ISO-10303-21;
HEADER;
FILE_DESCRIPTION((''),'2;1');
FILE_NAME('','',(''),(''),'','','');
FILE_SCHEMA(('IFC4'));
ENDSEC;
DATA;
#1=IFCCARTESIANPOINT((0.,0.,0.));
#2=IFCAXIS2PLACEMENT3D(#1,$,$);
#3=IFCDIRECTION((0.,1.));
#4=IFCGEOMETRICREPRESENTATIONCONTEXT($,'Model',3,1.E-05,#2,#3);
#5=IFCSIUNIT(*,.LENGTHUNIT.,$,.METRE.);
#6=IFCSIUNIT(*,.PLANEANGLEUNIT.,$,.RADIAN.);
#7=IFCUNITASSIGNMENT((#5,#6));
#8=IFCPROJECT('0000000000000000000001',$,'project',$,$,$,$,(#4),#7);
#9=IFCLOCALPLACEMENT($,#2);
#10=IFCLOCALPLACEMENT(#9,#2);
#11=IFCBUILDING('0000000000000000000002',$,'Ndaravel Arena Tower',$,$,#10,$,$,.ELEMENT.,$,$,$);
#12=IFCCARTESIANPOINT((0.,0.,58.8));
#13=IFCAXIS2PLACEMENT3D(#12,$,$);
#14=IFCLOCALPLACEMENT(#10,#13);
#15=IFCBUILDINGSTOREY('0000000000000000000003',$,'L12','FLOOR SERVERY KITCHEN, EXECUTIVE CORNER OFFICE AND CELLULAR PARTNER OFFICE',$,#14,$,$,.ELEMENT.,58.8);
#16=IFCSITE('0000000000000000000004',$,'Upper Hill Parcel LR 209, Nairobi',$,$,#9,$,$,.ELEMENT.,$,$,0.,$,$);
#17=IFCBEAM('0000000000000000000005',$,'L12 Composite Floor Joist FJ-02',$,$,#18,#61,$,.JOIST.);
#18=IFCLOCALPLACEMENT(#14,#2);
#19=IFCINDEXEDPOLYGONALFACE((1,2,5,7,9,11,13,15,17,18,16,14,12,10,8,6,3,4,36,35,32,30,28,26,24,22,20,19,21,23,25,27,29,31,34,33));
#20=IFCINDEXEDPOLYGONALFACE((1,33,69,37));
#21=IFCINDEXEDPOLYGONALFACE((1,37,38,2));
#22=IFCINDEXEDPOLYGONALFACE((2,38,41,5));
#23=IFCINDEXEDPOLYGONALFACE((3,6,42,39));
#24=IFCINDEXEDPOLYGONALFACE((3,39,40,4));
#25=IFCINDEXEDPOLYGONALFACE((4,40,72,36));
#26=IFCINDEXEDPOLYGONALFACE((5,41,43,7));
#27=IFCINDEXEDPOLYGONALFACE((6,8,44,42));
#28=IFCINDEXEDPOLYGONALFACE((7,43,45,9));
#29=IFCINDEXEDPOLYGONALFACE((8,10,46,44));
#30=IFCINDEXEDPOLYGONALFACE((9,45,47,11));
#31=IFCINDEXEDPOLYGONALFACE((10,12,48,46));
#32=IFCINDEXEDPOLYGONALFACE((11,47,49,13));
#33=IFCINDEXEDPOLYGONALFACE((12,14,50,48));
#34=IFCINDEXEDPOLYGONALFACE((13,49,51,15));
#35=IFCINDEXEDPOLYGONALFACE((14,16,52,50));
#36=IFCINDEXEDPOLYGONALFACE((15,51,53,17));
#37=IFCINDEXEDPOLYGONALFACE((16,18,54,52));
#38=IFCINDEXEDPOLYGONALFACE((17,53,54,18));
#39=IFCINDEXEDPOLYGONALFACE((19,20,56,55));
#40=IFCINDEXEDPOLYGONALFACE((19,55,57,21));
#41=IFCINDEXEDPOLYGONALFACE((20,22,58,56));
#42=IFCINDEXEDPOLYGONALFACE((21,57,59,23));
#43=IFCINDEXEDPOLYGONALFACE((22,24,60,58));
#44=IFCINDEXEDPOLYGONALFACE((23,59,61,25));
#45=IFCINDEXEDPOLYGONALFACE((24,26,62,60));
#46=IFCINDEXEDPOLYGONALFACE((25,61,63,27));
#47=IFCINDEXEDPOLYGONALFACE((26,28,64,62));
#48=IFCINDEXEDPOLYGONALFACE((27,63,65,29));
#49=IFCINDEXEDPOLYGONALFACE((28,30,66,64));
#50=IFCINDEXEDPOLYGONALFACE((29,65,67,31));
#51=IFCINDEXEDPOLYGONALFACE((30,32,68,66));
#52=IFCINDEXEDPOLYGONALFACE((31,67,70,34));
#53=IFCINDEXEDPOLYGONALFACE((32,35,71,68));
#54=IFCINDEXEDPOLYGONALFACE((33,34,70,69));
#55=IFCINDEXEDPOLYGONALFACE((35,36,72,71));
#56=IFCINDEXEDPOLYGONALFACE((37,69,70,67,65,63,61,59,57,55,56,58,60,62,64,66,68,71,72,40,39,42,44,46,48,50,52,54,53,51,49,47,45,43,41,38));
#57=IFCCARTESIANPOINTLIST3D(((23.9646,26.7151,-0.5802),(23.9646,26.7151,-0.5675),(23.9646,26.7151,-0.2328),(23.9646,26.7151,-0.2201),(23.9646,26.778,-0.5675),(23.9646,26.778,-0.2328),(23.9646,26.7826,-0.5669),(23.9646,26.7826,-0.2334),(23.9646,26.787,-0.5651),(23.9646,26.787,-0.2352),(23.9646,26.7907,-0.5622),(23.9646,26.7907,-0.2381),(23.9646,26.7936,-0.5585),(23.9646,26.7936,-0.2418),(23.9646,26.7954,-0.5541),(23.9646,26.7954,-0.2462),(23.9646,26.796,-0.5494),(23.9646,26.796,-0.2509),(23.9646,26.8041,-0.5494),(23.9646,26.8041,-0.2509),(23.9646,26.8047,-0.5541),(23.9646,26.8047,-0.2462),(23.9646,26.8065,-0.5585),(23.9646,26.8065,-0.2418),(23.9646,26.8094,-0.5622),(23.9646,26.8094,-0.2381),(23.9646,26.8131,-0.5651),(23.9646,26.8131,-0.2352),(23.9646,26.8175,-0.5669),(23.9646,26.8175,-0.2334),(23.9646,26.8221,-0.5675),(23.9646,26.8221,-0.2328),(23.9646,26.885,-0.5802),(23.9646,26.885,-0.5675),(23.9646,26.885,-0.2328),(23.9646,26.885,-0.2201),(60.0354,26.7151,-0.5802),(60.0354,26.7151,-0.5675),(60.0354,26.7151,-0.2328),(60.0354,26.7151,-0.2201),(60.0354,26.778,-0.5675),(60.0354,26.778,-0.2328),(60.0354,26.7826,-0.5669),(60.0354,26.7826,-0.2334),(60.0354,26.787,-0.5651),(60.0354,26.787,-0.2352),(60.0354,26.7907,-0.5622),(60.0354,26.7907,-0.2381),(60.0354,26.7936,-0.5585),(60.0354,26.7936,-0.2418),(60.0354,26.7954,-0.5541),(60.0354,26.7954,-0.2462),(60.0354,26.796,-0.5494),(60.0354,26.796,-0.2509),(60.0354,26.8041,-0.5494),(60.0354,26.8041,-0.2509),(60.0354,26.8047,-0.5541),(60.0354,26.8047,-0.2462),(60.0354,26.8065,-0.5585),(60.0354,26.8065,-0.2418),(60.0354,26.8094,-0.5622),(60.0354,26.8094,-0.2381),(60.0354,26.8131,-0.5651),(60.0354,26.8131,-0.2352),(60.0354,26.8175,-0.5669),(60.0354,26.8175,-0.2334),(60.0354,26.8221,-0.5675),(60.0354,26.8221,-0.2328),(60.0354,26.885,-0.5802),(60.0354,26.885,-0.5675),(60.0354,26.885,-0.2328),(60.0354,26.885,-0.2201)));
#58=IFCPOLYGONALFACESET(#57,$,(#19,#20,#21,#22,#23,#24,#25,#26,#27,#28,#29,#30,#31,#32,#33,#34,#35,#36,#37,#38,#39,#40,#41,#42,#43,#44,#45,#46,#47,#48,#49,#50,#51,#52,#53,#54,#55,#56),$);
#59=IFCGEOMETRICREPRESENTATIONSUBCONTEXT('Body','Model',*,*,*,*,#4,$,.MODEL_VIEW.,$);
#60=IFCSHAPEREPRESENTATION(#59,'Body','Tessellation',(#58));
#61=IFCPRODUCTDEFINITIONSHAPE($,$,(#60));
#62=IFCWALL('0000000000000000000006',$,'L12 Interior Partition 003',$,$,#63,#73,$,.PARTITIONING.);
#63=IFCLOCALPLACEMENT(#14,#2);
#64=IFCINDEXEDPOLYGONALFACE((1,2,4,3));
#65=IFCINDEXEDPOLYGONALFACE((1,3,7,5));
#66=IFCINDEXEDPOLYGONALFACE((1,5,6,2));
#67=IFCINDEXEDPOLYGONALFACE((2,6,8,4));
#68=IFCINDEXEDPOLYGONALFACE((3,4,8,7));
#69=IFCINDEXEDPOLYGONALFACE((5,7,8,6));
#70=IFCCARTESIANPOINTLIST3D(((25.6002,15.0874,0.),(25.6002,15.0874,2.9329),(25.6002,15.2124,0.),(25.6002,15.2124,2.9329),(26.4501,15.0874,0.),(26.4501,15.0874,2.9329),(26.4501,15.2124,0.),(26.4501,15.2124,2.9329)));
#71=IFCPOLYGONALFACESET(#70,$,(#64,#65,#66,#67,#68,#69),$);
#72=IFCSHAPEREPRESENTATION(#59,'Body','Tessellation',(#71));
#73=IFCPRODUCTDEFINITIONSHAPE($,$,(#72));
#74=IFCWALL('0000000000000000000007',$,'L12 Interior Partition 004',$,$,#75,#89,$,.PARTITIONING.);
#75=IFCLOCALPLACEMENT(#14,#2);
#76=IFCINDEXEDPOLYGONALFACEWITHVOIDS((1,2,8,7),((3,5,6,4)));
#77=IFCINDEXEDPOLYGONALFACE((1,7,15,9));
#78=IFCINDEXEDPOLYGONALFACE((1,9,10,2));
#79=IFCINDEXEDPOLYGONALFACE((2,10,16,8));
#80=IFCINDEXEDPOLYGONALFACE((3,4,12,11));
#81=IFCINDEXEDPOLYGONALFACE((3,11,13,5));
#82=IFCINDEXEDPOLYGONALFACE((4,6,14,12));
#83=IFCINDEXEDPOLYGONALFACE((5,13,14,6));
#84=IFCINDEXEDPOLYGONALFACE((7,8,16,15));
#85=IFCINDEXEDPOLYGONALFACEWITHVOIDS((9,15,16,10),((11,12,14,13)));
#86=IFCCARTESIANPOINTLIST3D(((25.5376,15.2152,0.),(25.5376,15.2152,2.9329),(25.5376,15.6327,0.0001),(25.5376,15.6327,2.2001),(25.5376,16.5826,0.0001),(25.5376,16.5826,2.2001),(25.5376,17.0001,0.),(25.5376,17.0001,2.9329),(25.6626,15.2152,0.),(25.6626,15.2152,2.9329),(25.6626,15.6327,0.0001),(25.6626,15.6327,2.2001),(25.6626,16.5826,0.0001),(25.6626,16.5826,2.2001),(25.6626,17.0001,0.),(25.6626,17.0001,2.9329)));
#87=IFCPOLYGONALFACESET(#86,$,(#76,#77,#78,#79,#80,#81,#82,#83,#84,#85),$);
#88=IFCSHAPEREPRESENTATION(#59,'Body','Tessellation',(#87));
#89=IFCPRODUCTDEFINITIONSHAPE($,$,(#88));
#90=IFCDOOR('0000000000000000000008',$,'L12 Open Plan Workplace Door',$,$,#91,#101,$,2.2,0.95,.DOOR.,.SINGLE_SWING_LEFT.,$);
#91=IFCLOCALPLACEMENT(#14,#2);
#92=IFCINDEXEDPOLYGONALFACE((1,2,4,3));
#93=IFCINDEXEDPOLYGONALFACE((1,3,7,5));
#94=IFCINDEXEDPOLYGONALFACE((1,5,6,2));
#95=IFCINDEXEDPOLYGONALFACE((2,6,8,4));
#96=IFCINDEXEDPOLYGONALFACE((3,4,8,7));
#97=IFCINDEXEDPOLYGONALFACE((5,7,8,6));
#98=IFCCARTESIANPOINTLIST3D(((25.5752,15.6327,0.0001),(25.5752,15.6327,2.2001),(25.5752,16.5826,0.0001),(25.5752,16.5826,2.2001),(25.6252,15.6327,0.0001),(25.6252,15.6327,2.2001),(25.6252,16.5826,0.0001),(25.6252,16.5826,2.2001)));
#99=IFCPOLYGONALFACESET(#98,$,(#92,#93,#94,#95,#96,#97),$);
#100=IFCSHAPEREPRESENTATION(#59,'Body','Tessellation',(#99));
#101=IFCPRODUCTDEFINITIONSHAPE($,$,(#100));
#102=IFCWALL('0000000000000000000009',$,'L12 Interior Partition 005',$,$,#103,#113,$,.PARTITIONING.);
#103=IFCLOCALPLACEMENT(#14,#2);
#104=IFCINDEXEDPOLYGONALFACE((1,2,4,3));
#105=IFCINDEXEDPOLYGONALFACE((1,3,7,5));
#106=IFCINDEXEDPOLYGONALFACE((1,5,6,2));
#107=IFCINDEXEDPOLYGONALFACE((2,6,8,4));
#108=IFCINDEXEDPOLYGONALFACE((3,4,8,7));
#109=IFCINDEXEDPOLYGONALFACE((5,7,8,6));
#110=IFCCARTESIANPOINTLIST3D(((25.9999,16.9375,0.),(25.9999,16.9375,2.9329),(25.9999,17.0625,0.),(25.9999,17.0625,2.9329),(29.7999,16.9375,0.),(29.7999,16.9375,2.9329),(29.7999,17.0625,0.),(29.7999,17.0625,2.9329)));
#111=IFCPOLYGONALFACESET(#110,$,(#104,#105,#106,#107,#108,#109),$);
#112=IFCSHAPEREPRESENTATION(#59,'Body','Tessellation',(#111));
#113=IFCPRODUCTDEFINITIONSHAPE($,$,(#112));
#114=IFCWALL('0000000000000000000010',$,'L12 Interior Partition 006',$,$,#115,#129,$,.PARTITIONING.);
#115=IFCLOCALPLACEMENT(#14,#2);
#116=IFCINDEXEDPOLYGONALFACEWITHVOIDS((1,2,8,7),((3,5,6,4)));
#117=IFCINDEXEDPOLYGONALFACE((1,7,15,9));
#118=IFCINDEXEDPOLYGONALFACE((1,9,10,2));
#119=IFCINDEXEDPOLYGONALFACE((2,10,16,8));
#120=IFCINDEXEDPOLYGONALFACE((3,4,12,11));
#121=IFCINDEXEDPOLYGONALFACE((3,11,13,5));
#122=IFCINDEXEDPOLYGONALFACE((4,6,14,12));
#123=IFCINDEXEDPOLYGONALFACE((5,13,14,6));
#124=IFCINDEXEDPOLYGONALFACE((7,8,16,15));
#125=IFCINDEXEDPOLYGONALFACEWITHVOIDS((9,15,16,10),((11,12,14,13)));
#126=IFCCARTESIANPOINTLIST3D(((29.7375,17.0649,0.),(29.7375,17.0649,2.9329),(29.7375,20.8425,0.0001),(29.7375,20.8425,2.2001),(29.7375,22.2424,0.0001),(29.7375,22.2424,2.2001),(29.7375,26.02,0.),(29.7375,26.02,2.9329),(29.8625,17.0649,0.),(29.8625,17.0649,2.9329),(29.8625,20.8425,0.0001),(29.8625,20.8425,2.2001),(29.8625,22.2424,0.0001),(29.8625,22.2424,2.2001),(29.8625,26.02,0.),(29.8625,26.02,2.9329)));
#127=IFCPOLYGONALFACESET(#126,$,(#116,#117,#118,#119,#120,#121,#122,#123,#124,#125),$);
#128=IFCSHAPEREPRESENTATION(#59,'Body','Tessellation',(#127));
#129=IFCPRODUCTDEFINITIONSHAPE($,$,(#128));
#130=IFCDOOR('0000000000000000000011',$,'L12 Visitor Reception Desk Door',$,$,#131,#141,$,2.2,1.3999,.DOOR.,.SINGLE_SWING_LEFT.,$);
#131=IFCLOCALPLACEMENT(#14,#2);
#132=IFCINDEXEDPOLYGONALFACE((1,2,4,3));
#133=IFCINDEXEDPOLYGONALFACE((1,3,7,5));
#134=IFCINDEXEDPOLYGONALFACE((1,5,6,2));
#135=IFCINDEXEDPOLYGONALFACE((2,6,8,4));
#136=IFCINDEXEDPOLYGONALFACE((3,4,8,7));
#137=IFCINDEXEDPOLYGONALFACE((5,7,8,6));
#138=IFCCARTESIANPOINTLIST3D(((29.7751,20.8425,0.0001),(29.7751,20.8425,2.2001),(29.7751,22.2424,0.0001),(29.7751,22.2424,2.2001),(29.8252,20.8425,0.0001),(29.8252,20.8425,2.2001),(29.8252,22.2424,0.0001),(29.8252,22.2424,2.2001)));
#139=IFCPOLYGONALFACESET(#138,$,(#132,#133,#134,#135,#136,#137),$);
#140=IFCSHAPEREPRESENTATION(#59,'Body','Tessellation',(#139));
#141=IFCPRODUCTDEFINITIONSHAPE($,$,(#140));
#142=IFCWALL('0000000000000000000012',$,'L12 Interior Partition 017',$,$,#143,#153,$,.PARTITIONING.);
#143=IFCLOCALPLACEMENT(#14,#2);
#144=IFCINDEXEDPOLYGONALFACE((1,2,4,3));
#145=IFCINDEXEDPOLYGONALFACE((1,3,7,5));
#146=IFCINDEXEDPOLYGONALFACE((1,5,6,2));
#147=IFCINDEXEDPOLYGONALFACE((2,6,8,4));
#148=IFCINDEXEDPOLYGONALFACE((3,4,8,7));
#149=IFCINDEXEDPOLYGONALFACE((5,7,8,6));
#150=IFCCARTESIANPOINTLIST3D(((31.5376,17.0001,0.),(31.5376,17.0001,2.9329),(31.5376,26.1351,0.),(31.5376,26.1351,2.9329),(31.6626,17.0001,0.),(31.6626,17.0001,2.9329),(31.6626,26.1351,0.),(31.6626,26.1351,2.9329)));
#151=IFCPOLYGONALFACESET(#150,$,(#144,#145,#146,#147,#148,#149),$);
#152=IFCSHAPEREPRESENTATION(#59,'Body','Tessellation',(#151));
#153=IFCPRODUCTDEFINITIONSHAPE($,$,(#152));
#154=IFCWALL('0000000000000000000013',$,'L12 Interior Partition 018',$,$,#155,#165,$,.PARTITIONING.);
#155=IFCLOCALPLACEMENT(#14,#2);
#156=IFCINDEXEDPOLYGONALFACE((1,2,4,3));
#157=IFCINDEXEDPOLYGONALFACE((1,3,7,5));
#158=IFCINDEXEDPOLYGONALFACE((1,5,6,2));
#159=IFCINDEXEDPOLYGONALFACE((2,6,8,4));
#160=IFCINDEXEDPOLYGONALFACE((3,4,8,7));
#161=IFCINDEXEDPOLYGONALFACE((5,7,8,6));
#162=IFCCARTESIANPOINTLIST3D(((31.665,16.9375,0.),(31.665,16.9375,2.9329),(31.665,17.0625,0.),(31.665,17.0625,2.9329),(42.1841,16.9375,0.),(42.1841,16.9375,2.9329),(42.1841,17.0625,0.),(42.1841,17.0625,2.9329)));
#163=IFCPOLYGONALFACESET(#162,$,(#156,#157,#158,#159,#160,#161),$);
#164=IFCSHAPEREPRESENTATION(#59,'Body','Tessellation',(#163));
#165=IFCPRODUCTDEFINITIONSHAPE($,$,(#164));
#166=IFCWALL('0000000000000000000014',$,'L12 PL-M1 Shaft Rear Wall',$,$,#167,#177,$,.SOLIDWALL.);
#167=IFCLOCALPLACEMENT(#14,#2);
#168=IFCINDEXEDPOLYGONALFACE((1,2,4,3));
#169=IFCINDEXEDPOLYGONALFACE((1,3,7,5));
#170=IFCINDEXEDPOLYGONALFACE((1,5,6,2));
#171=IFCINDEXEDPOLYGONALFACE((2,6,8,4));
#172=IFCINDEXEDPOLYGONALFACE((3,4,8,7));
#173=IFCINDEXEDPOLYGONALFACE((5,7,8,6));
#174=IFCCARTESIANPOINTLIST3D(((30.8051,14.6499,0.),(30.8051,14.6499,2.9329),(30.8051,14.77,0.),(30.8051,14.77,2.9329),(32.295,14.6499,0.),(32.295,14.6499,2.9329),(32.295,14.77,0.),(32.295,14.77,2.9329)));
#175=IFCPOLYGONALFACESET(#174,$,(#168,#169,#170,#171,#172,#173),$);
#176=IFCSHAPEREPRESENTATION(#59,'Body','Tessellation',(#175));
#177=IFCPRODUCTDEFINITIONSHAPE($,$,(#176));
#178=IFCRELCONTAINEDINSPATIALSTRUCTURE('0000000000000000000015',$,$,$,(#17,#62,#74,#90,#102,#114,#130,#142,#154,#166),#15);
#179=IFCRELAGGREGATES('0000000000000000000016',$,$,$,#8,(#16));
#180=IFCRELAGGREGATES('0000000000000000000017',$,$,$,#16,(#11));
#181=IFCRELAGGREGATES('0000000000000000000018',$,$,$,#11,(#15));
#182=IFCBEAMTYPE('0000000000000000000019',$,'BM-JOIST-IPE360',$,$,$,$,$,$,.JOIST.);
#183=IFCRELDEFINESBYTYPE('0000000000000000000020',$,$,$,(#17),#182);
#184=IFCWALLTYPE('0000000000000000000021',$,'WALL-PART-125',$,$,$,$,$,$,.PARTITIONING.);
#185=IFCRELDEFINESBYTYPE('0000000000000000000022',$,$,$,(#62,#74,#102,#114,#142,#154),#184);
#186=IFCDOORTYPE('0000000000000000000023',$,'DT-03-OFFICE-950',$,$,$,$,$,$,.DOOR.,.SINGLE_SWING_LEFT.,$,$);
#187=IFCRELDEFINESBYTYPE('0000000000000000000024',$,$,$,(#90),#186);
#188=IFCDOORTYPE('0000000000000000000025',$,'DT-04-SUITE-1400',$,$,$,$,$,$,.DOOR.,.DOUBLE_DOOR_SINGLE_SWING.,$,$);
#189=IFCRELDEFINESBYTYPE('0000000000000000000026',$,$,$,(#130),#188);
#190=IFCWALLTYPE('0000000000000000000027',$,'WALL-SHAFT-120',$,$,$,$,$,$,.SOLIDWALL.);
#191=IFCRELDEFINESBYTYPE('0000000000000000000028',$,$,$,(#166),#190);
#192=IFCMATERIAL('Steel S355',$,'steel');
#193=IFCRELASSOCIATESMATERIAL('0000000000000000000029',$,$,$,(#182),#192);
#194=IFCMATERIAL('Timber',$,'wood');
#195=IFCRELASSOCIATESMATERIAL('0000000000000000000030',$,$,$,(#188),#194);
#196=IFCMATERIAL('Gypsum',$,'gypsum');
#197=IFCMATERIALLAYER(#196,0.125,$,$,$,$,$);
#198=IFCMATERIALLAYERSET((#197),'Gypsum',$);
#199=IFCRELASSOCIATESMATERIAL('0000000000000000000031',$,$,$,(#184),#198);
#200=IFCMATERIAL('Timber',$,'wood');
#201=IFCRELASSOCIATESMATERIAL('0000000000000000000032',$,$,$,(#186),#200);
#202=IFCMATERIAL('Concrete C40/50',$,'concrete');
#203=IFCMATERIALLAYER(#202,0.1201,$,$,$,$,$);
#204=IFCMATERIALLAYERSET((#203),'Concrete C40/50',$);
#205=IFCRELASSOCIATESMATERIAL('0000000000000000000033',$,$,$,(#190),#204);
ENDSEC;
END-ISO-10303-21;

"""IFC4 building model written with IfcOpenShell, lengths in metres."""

from ifc_helpers import new_model, si_unit, direction, frame, frame_2d, origin, origin_2d, place, context, subcontext, project, spatial, rectangle, i_section, extrude, material, layer, layer_set, material_profile, profile_set, type_object, element, fill, save


model = new_model("IFC4")

# Units and contexts
model_context = context("Model", 3, precision=1e-05, world=origin(), true_north=direction((0.0, 1.0)))
body_context = subcontext(model_context, "Body", "Model", "MODEL_VIEW")
ifc_project = project(units=[si_unit("LENGTHUNIT", "METRE"), si_unit("PLANEANGLEUNIT", "RADIAN")], contexts=[model_context])

# Site, building, storey
site_placement = place(None, origin())
site = spatial("IfcSite", under=ifc_project, at=site_placement, Name="Upper Hill Parcel LR 209, Nairobi", CompositionType="ELEMENT", RefElevation=0.0)
building_placement = place(site_placement, origin())
building = spatial("IfcBuilding", under=site, at=building_placement, Name="Ndaravel Arena Tower", CompositionType="ELEMENT")
storey_placement = place(building_placement, frame((0.0, 0.0, 58.8)))
storey = spatial("IfcBuildingStorey", under=building, at=storey_placement, Name="L12", Description="FLOOR SERVERY KITCHEN, EXECUTIVE CORNER OFFICE AND CELLULAR PARTNER OFFICE", CompositionType="ELEMENT", Elevation=58.8)

# Beam
ifc_material_1 = material(Name="Steel S355", Category="steel")
ifc_material_profile_1 = material_profile(ifc_material_1, i_section(OverallWidth=0.1699, OverallDepth=0.3601, WebThickness=0.0081, FlangeThickness=0.0127, FilletRadius=0.0181, at=origin_2d()), Name="IPE 360")
ifc_profile_set_1 = profile_set([ifc_material_profile_1], Name="Steel S355")
beam_type_1 = type_object("IfcBeamType", Name="BM-JOIST-IPE360", PredefinedType="JOIST", material=ifc_profile_set_1)
beam_1_placement = place(storey_placement, frame((23.9646, 26.8, -0.4001), z_axis=(1.0, 0.0, 0.0), x_axis=(0.0, 1.0, 0.0)))
element("IfcBeam", 1, at=beam_1_placement, inside=storey, type_object=beam_type_1, Name="L12 Composite Floor Joist FJ-02", PredefinedType="JOIST", context=body_context, shape_type="SweptSolid", body=[
    extrude(i_section(OverallWidth=0.1699, OverallDepth=0.3601, WebThickness=0.0081, FlangeThickness=0.0127, FilletRadius=0.0181, at=origin_2d()), origin(), (0.0, 0.0, 1.0), 36.0708),
])

# Shared definitions
ifc_material_2 = material(Name="Timber", Category="wood")
door_type_1 = type_object("IfcDoorType", Name="DT-04-SUITE-1400", OperationType="DOUBLE_DOOR_SINGLE_SWING", PredefinedType="DOOR", material=ifc_material_2)

# Wall
ifc_material_3 = material(Name="Gypsum", Category="gypsum")
ifc_layer_1 = layer(ifc_material_3, 0.125)
ifc_layer_set_1 = layer_set([ifc_layer_1], Name="Gypsum")
wall_type_1 = type_object("IfcWallType", Name="WALL-PART-125", PredefinedType="PARTITIONING", material=ifc_layer_set_1)
wall_1_placement = place(storey_placement, frame((26.45, 15.1499, 0.0), z_axis=(0.0, 0.0, 1.0), x_axis=(-1.0, 0.0, 0.0)))
element("IfcWall", 2, at=wall_1_placement, inside=storey, type_object=wall_type_1, Name="L12 Interior Partition 003", PredefinedType="PARTITIONING", context=body_context, shape_type="SweptSolid", body=[
    extrude(rectangle(XDim=0.8499, YDim=0.125, at=frame_2d((0.4248, 0.0))), origin(), (0.0, 0.0, 1.0), 2.9329),
])

# Wall, opening, door
wall_2_placement = place(storey_placement, frame((25.6001, 15.2151, 0.0), z_axis=(0.0, 0.0, 1.0), x_axis=(0.0, 1.0, 0.0)))
wall_2 = element("IfcWall", 3, at=wall_2_placement, inside=storey, type_object=wall_type_1, Name="L12 Interior Partition 004", PredefinedType="PARTITIONING", context=body_context, shape_type="SweptSolid", body=[
    extrude(rectangle(XDim=1.7849, YDim=0.125, at=frame_2d((0.8926, 0.0))), origin(), (0.0, 0.0, 1.0), 2.9329),
])
opening_1_placement = place(wall_2_placement, frame((0.4175, 0.0, 0.0)))
opening_1 = element("IfcOpeningElement", 4, at=opening_1_placement, cuts=wall_2, PredefinedType="OPENING", context=body_context, shape_type="SweptSolid", body=[
    extrude(rectangle(XDim=0.95, YDim=2.2, at=frame_2d((0.4751, 1.1001))), frame((0.0, 0.0625, 0.0), z_axis=(0.0, -1.0, 0.0), x_axis=(1.0, 0.0, 0.0)), (0.0, 0.0, 1.0), 0.125),
])
ifc_material_4 = material(Name="Timber", Category="wood")
door_type_2 = type_object("IfcDoorType", Name="DT-03-OFFICE-950", OperationType="SINGLE_SWING_LEFT", PredefinedType="DOOR", material=ifc_material_4)
door_1_placement = place(opening_1_placement, origin())
door_1 = element("IfcDoor", 5, at=door_1_placement, inside=storey, type_object=door_type_2, Name="L12 Open Plan Workplace Door", OperationType="SINGLE_SWING_LEFT", OverallHeight=2.2, OverallWidth=0.95, PredefinedType="DOOR", context=body_context, shape_type="SweptSolid", body=[
    extrude(rectangle(XDim=0.95, YDim=2.2, at=frame_2d((0.4751, 1.1001))), frame((0.0, 0.0249, 0.0), z_axis=(0.0, -1.0, 0.0), x_axis=(1.0, 0.0, 0.0)), (0.0, 0.0, 1.0), 0.05),
])
fill(opening_1, door_1)

# Wall
wall_3_placement = place(storey_placement, frame((26.0, 17.0, 0.0), z_axis=(0.0, 0.0, 1.0), x_axis=(1.0, 0.0, 0.0)))
element("IfcWall", 6, at=wall_3_placement, inside=storey, type_object=wall_type_1, Name="L12 Interior Partition 005", PredefinedType="PARTITIONING", context=body_context, shape_type="SweptSolid", body=[
    extrude(rectangle(XDim=3.8, YDim=0.125, at=frame_2d((1.8999, 0.0))), origin(), (0.0, 0.0, 1.0), 2.9329),
])

# Wall, opening, door
wall_4_placement = place(storey_placement, frame((29.8, 17.0649, 0.0), z_axis=(0.0, 0.0, 1.0), x_axis=(0.0, 1.0, 0.0)))
wall_4 = element("IfcWall", 7, at=wall_4_placement, inside=storey, type_object=wall_type_1, Name="L12 Interior Partition 006", PredefinedType="PARTITIONING", context=body_context, shape_type="SweptSolid", body=[
    extrude(rectangle(XDim=8.9551, YDim=0.125, at=frame_2d((4.4775, 0.0))), origin(), (0.0, 0.0, 1.0), 2.9329),
])
opening_2_placement = place(wall_4_placement, frame((3.7776, 0.0, 0.0)))
opening_2 = element("IfcOpeningElement", 8, at=opening_2_placement, cuts=wall_4, PredefinedType="OPENING", context=body_context, shape_type="SweptSolid", body=[
    extrude(rectangle(XDim=1.3999, YDim=2.2, at=frame_2d((0.7, 1.1001))), frame((0.0, 0.0625, 0.0), z_axis=(0.0, -1.0, 0.0), x_axis=(1.0, 0.0, 0.0)), (0.0, 0.0, 1.0), 0.125),
])
door_2_placement = place(opening_2_placement, origin())
door_2 = element("IfcDoor", 9, at=door_2_placement, inside=storey, type_object=door_type_1, Name="L12 Visitor Reception Desk Door", OperationType="SINGLE_SWING_LEFT", OverallHeight=2.2, OverallWidth=1.3999, PredefinedType="DOOR", context=body_context, shape_type="SweptSolid", body=[
    extrude(rectangle(XDim=1.3999, YDim=2.2, at=frame_2d((0.7, 1.1001))), frame((0.0, 0.0249, 0.0), z_axis=(0.0, -1.0, 0.0), x_axis=(1.0, 0.0, 0.0)), (0.0, 0.0, 1.0), 0.05),
])
fill(opening_2, door_2)

# Walls
wall_5_placement = place(storey_placement, frame((31.6001, 26.135, 0.0), z_axis=(0.0, 0.0, 1.0), x_axis=(0.0, -1.0, 0.0)))
element("IfcWall", 10, at=wall_5_placement, inside=storey, type_object=wall_type_1, Name="L12 Interior Partition 017", PredefinedType="PARTITIONING", context=body_context, shape_type="SweptSolid", body=[
    extrude(rectangle(XDim=9.135, YDim=0.125, at=frame_2d((4.5674, 0.0))), origin(), (0.0, 0.0, 1.0), 2.9329),
])
wall_6_placement = place(storey_placement, frame((31.665, 17.0, 0.0), z_axis=(0.0, 0.0, 1.0), x_axis=(1.0, 0.0, 0.0)))
element("IfcWall", 11, at=wall_6_placement, inside=storey, type_object=wall_type_1, Name="L12 Interior Partition 018", PredefinedType="PARTITIONING", context=body_context, shape_type="SweptSolid", body=[
    extrude(rectangle(XDim=10.519, YDim=0.125, at=frame_2d((5.2595, 0.0))), origin(), (0.0, 0.0, 1.0), 2.9329),
])
ifc_material_5 = material(Name="Concrete C40/50", Category="concrete")
ifc_layer_2 = layer(ifc_material_5, 0.1201)
ifc_layer_set_2 = layer_set([ifc_layer_2], Name="Concrete C40/50")
wall_type_2 = type_object("IfcWallType", Name="WALL-SHAFT-120", PredefinedType="SOLIDWALL", material=ifc_layer_set_2)
for number, where, z_axis, x_axis, name in (
    (12, (30.8049, 14.71, 0.0), (0.0, 0.0, 1.0), (1.0, 0.0, 0.0), "L12 PL-M1 Shaft Rear Wall"),
):
    element("IfcWall", number, at=place(storey_placement, frame(where, z_axis=z_axis, x_axis=x_axis)), inside=storey, type_object=wall_type_2, Name=name, PredefinedType="SOLIDWALL", context=body_context, shape_type="SweptSolid", body=[
        extrude(rectangle(XDim=1.49, YDim=0.1201, at=frame_2d((0.7451, 0.0))), origin(), (0.0, 0.0, 1.0), 2.9329),
    ])

save(model, "model.ifc")
